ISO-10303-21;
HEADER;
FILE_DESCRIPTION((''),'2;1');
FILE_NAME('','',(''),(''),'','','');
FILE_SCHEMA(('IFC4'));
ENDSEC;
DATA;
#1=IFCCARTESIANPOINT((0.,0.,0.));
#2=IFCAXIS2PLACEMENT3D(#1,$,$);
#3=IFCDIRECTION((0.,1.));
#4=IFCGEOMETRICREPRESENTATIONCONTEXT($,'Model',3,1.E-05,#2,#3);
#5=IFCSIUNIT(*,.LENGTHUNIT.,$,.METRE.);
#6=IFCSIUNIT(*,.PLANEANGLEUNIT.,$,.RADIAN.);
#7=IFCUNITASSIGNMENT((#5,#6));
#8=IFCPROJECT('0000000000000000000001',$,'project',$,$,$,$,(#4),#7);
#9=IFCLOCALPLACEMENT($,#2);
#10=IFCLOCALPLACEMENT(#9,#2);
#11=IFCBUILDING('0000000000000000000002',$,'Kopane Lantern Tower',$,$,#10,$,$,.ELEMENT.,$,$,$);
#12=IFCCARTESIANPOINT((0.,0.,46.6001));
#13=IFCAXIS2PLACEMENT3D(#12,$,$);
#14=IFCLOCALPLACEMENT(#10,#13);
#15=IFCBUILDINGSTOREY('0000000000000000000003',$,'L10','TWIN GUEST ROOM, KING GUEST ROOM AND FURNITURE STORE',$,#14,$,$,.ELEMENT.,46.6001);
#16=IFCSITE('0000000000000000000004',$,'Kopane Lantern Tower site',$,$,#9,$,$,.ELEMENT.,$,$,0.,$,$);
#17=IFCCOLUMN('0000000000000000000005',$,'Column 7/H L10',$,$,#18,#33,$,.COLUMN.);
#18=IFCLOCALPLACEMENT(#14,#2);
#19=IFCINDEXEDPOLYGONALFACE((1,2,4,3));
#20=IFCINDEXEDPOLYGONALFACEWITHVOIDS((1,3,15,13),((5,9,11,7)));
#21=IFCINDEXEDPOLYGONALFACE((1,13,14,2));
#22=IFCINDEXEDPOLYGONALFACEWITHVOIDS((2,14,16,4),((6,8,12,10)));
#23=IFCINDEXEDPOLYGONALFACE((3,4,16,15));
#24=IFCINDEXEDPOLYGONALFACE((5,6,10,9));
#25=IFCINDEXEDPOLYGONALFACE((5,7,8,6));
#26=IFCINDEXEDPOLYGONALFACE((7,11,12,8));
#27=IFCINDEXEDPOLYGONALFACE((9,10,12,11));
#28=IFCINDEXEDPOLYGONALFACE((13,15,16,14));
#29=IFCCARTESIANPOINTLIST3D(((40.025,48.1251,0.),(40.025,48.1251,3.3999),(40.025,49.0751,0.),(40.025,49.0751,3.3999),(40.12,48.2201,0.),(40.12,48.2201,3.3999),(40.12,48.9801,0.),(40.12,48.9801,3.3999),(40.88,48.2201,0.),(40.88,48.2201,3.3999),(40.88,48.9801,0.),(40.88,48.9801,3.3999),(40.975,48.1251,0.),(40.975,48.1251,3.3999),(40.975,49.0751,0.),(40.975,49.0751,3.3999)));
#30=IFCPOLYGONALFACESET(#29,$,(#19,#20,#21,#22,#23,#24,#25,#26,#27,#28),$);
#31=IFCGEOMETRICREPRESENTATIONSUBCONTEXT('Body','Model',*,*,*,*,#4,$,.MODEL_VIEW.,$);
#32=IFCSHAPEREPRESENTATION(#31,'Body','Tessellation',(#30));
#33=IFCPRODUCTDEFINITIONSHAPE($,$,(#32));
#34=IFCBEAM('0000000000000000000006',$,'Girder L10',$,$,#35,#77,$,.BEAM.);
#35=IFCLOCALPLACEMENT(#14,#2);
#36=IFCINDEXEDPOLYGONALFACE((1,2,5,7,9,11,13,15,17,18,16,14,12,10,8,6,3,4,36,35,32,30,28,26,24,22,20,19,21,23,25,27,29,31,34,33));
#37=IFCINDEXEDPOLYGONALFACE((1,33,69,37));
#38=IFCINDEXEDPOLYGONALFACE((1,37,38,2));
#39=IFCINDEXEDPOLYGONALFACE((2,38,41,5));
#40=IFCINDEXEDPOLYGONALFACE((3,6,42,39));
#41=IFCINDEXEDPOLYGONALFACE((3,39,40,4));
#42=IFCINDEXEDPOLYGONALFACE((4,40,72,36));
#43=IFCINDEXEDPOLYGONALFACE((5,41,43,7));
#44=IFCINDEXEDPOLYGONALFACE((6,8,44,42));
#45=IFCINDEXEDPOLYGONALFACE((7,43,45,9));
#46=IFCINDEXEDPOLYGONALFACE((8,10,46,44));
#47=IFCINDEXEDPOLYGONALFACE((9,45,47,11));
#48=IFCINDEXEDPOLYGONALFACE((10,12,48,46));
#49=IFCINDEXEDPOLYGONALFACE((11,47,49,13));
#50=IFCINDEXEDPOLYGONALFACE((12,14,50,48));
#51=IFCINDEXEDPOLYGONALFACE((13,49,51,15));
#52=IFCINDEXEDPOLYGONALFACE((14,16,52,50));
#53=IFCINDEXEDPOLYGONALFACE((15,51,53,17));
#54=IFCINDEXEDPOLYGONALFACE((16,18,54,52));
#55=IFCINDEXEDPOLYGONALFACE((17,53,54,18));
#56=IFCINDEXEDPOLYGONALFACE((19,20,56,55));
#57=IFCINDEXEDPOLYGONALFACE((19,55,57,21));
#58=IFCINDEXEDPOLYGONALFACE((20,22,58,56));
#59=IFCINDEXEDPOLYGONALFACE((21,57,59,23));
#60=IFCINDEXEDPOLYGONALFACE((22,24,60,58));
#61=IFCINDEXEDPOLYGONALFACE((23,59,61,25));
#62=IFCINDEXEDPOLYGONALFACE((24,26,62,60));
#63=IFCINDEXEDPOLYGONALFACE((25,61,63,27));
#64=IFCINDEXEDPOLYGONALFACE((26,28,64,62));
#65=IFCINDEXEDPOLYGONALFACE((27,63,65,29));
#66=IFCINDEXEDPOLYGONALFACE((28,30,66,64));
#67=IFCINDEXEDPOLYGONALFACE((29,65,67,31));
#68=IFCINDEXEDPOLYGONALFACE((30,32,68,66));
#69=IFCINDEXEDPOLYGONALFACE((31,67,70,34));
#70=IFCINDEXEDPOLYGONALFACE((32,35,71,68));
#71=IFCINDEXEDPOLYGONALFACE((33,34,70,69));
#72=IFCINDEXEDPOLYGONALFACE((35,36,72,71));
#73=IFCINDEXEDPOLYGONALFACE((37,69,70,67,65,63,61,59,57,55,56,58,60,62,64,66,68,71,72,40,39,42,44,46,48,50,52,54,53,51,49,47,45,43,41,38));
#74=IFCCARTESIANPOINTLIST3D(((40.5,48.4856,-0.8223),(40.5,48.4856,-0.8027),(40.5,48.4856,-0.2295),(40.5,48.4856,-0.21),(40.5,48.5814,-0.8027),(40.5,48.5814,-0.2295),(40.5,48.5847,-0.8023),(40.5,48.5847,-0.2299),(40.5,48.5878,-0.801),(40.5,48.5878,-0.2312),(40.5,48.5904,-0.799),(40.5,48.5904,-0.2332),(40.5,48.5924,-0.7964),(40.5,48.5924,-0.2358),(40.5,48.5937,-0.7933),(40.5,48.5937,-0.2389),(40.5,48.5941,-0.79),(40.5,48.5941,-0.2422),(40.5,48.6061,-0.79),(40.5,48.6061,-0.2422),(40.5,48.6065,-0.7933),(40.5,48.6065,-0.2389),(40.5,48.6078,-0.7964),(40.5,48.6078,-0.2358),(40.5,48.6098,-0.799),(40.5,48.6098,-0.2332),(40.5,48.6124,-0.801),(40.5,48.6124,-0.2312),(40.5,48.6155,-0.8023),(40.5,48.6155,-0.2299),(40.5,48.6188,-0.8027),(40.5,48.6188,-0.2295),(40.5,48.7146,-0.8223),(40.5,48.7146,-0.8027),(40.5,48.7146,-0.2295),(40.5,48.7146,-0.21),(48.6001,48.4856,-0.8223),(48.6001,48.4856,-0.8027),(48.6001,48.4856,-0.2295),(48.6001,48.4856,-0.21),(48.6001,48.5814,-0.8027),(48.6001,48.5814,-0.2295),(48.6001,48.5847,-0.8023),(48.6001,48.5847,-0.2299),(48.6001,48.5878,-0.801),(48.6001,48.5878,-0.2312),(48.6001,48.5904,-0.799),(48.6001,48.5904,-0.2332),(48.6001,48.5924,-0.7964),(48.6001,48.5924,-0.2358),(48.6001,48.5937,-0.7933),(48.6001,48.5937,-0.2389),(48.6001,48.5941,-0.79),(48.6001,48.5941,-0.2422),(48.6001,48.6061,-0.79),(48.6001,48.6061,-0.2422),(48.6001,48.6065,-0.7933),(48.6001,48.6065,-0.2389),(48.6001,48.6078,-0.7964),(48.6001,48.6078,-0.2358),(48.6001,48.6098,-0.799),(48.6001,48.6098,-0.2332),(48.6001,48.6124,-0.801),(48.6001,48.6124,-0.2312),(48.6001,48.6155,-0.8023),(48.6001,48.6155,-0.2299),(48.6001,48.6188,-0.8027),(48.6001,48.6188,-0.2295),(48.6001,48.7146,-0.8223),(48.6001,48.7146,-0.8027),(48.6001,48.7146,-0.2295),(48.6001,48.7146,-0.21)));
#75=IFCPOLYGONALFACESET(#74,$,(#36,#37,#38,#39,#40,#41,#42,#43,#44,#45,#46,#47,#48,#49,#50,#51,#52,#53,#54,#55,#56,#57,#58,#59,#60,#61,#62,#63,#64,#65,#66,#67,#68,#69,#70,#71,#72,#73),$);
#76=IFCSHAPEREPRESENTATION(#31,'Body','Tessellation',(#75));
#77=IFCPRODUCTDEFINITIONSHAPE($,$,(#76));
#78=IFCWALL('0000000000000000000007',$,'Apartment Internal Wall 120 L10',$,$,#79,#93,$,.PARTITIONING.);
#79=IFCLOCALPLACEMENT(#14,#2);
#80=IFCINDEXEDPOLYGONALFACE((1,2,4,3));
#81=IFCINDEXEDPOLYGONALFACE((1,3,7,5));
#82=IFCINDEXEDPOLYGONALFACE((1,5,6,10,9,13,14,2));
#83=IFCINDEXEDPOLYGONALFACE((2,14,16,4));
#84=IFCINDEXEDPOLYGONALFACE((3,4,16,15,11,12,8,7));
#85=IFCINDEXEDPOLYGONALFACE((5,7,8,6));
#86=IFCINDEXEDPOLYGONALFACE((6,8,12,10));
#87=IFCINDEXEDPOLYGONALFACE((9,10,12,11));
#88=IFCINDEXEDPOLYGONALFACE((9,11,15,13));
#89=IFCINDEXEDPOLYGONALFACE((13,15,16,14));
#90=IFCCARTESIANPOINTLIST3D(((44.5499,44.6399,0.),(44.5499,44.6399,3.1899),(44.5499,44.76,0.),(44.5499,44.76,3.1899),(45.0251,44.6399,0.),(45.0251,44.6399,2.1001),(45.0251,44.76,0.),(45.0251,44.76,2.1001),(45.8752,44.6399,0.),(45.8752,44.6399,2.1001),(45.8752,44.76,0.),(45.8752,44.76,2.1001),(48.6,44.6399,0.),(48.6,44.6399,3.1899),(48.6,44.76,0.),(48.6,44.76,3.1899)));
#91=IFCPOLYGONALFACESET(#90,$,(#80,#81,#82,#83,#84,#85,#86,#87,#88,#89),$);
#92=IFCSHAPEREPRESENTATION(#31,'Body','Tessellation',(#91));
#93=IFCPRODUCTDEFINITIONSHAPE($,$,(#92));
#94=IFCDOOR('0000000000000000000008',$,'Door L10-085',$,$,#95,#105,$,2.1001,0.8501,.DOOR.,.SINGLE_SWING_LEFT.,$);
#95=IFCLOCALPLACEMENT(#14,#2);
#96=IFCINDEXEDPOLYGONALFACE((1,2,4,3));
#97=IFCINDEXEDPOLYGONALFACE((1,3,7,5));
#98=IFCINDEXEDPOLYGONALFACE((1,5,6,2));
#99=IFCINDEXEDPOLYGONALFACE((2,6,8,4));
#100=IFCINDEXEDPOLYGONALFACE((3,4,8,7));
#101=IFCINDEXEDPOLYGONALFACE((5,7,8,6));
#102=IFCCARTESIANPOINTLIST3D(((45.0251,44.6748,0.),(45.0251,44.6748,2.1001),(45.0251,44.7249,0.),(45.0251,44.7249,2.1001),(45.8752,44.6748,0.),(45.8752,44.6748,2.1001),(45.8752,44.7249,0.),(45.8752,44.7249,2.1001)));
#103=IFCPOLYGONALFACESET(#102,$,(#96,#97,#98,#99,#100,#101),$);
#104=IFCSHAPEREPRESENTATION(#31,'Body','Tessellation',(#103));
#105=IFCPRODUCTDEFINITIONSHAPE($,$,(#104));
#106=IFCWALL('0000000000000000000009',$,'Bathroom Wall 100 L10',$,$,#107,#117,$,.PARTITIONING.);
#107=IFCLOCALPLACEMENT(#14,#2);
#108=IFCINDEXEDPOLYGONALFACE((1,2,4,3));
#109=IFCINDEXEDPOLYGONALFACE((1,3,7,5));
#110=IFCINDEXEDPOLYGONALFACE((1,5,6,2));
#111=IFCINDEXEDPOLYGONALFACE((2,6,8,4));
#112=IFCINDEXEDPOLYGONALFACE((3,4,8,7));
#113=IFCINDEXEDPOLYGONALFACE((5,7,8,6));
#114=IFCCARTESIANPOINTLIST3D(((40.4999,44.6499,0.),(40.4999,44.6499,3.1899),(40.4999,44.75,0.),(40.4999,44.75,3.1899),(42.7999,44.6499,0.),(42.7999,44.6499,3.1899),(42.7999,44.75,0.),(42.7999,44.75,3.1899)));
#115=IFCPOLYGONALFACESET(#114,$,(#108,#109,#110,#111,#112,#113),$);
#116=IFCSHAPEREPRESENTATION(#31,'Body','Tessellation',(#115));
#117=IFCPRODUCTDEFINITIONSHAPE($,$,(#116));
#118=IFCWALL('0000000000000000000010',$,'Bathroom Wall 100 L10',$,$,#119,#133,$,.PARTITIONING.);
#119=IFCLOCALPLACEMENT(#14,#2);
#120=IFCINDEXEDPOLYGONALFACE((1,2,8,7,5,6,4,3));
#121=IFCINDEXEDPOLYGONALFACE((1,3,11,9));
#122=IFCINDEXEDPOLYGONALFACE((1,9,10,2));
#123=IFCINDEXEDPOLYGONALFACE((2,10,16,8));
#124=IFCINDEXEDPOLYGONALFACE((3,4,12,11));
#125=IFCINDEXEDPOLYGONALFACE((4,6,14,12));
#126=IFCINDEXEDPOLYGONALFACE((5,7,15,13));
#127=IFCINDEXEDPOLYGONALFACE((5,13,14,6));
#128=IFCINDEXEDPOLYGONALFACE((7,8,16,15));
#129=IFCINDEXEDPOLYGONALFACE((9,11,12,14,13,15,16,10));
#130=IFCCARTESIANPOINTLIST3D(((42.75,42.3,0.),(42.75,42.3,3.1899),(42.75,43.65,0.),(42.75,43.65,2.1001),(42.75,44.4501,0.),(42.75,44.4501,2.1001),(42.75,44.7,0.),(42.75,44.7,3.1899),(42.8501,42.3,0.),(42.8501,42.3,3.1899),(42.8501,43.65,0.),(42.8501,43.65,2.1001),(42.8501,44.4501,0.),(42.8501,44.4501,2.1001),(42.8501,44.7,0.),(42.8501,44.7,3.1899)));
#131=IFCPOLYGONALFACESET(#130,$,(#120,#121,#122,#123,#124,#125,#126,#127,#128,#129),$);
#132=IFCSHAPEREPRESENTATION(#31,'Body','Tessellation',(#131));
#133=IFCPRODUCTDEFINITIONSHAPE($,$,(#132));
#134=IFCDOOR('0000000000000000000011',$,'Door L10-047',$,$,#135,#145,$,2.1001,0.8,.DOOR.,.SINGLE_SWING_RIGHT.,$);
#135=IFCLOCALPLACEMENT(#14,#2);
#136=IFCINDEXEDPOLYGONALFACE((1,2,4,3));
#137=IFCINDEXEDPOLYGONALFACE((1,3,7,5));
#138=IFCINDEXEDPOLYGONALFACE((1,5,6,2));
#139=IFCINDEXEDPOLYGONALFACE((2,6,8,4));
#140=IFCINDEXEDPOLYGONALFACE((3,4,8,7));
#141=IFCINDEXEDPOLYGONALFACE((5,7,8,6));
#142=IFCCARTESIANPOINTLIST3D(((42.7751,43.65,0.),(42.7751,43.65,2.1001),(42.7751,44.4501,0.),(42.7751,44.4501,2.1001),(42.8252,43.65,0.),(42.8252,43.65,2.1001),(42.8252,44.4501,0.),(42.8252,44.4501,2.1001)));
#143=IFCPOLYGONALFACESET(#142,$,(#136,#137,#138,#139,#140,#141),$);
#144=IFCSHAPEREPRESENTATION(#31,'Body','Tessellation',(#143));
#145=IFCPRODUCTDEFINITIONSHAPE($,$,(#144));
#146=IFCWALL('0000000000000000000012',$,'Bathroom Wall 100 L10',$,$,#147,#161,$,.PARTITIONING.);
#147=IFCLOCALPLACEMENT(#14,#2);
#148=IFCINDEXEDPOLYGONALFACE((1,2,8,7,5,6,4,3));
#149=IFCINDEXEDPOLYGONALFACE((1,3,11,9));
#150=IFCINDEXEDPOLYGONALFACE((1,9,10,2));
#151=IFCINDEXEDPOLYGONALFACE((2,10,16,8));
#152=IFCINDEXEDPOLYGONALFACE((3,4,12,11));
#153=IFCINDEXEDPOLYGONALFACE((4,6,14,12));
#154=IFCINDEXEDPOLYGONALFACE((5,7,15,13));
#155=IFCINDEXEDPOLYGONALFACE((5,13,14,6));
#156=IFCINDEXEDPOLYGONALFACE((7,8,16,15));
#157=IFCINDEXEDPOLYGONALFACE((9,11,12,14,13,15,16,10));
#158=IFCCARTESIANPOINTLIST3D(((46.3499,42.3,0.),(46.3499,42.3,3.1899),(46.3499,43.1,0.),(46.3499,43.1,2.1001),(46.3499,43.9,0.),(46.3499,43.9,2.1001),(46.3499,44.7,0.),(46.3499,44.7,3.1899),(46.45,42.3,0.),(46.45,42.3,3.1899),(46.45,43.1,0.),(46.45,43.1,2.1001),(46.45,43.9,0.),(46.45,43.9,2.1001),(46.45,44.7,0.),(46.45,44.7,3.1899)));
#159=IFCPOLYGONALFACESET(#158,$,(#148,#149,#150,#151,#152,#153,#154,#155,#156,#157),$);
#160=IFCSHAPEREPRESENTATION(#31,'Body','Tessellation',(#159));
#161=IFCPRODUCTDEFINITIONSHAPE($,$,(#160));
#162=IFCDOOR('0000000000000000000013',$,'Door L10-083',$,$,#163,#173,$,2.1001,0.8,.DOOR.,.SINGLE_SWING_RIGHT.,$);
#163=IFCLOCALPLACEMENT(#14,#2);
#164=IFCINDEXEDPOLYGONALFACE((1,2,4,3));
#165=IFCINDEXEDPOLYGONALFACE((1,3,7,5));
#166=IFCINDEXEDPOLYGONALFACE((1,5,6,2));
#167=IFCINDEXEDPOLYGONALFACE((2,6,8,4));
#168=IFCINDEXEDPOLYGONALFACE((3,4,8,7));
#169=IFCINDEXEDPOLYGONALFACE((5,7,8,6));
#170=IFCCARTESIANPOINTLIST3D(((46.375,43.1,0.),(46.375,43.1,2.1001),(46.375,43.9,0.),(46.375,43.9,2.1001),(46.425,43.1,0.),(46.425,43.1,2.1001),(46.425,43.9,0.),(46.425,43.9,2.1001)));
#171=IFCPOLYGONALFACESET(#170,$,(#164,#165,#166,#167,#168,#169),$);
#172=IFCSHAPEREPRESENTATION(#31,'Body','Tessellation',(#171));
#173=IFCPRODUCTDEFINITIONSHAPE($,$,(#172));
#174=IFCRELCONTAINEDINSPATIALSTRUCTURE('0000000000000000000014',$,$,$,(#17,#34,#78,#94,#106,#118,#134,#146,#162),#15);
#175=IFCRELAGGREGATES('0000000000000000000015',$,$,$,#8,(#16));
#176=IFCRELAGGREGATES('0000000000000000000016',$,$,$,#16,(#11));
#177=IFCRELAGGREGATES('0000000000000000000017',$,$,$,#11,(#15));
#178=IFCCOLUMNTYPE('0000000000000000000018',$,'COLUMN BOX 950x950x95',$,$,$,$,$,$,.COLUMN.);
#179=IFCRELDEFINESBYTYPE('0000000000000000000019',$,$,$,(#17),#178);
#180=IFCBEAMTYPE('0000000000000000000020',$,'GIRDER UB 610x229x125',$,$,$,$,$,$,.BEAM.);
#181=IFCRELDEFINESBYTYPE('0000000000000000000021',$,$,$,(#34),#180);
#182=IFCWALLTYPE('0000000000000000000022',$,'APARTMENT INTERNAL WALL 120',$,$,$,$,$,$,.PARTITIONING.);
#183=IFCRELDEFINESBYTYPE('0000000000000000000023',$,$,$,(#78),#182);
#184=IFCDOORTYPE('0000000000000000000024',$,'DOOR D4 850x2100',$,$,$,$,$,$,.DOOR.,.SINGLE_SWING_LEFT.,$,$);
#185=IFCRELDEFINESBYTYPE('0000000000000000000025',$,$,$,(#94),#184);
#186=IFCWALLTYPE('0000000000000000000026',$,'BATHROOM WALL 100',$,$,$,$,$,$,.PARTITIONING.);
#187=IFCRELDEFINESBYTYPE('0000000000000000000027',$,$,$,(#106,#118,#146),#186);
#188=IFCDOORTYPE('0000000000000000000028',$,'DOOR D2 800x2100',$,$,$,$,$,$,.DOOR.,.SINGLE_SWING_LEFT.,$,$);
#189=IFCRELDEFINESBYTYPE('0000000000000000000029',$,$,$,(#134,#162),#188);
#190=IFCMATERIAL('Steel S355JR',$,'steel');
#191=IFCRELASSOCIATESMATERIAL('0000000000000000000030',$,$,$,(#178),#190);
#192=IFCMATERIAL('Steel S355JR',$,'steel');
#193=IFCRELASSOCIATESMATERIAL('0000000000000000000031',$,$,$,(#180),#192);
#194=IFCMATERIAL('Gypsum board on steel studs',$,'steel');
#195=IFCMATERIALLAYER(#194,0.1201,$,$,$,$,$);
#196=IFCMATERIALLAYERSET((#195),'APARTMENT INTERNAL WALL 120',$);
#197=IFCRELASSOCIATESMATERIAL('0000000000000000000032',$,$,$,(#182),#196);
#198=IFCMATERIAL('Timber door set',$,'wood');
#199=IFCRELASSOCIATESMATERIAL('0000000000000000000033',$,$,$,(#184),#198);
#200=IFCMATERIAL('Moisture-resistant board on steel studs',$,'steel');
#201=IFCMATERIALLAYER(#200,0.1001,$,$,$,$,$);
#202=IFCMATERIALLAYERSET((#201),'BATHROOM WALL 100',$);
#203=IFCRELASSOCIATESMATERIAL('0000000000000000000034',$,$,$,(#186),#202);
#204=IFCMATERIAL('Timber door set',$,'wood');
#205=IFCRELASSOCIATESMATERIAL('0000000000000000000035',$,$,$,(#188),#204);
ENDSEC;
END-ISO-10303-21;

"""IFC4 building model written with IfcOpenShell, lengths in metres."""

from ifc_helpers import new_model, si_unit, direction, frame, frame_2d, origin, origin_2d, place, context, subcontext, project, spatial, rectangle, hollow_rectangle, i_section, extrude, material, layer, layer_set, material_profile, profile_set, type_object, element, fill, save


model = new_model("IFC4")

# Units and contexts
model_context = context("Model", 3, precision=1e-05, world=origin(), true_north=direction((0.0, 1.0)))
body_context = subcontext(model_context, "Body", "Model", "MODEL_VIEW")
ifc_project = project(units=[si_unit("LENGTHUNIT", "METRE"), si_unit("PLANEANGLEUNIT", "RADIAN")], contexts=[model_context])

# Site, building, storey
site_placement = place(None, origin())
site = spatial("IfcSite", under=ifc_project, at=site_placement, Name="Kopane Lantern Tower site", CompositionType="ELEMENT", RefElevation=0.0)
building_placement = place(site_placement, origin())
building = spatial("IfcBuilding", under=site, at=building_placement, Name="Kopane Lantern Tower", CompositionType="ELEMENT")
storey_placement = place(building_placement, frame((0.0, 0.0, 46.6001)))
storey = spatial("IfcBuildingStorey", under=building, at=storey_placement, Name="L10", Description="TWIN GUEST ROOM, KING GUEST ROOM AND FURNITURE STORE", CompositionType="ELEMENT", Elevation=46.6001)

# Column
ifc_material_1 = material(Name="Steel S355JR", Category="steel")
ifc_material_profile_1 = material_profile(ifc_material_1, hollow_rectangle(XDim=0.95, YDim=0.95, WallThickness=0.095, at=origin_2d()), Name="BOX 950x950x95")
ifc_profile_set_1 = profile_set([ifc_material_profile_1], Name="Steel S355JR")
column_type = type_object("IfcColumnType", Name="COLUMN BOX 950x950x95", PredefinedType="COLUMN", material=ifc_profile_set_1)
column_placement = place(storey_placement, frame((40.5, 48.6001, 0.0), z_axis=(0.0, 0.0, 1.0), x_axis=(1.0, 0.0, 0.0)))
element("IfcColumn", 1, at=column_placement, inside=storey, type_object=column_type, Name="Column 7/H L10", PredefinedType="COLUMN", context=body_context, shape_type="SweptSolid", body=[
    extrude(hollow_rectangle(XDim=0.95, YDim=0.95, WallThickness=0.095, at=origin_2d()), origin(), (0.0, 0.0, 1.0), 3.3999),
])

# Beam
ifc_material_2 = material(Name="Steel S355JR", Category="steel")
ifc_material_profile_2 = material_profile(ifc_material_2, i_section(OverallWidth=0.229, OverallDepth=0.6123, WebThickness=0.012, FlangeThickness=0.0195, FilletRadius=0.0127, at=origin_2d()), Name="UB 610x229x125")
ifc_profile_set_2 = profile_set([ifc_material_profile_2], Name="Steel S355JR")
beam_type = type_object("IfcBeamType", Name="GIRDER UB 610x229x125", PredefinedType="BEAM", material=ifc_profile_set_2)
beam_placement = place(storey_placement, frame((40.5, 48.6001, -0.5161), z_axis=(1.0, 0.0, 0.0), x_axis=(0.0, 1.0, 0.0)))
element("IfcBeam", 2, at=beam_placement, inside=storey, type_object=beam_type, Name="Girder L10", PredefinedType="BEAM", context=body_context, shape_type="SweptSolid", body=[
    extrude(i_section(OverallWidth=0.229, OverallDepth=0.6123, WebThickness=0.012, FlangeThickness=0.0195, FilletRadius=0.0127, at=origin_2d()), origin(), (0.0, 0.0, 1.0), 8.1001),
])

# Wall, opening, door
ifc_material_3 = material(Name="Gypsum board on steel studs", Category="steel")
ifc_layer_1 = layer(ifc_material_3, 0.1201)
ifc_layer_set_1 = layer_set([ifc_layer_1], Name="APARTMENT INTERNAL WALL 120")
wall_type_1 = type_object("IfcWallType", Name="APARTMENT INTERNAL WALL 120", PredefinedType="PARTITIONING", material=ifc_layer_set_1)
wall_1_placement = place(storey_placement, frame((44.55, 44.7, 0.0), z_axis=(0.0, 0.0, 1.0), x_axis=(1.0, 0.0, 0.0)))
wall_1 = element("IfcWall", 3, at=wall_1_placement, inside=storey, type_object=wall_type_1, Name="Apartment Internal Wall 120 L10", PredefinedType="PARTITIONING", context=body_context, shape_type="SweptSolid", body=[
    extrude(rectangle(XDim=4.05, YDim=0.1201, at=frame_2d((2.0249, 0.0))), origin(), (0.0, 0.0, 1.0), 3.1899),
])
opening_1_placement = place(wall_1_placement, frame((0.4751, 0.0, 0.0)))
opening_1 = element("IfcOpeningElement", 4, at=opening_1_placement, cuts=wall_1, PredefinedType="OPENING", context=body_context, shape_type="SweptSolid", body=[
    extrude(rectangle(XDim=0.8501, YDim=2.1001, at=frame_2d((0.425, 1.05))), frame((0.0, 0.0701, 0.0), z_axis=(0.0, -1.0, 0.0), x_axis=(1.0, 0.0, 0.0)), (0.0, 0.0, 1.0), 0.1401),
])
ifc_material_4 = material(Name="Timber door set", Category="wood")
door_type_1 = type_object("IfcDoorType", Name="DOOR D4 850x2100", OperationType="SINGLE_SWING_LEFT", PredefinedType="DOOR", material=ifc_material_4)
door_1_placement = place(opening_1_placement, origin())
door_1 = element("IfcDoor", 5, at=door_1_placement, inside=storey, type_object=door_type_1, Name="Door L10-085", OperationType="SINGLE_SWING_LEFT", OverallHeight=2.1001, OverallWidth=0.8501, PredefinedType="DOOR", context=body_context, shape_type="SweptSolid", body=[
    extrude(rectangle(XDim=0.8501, YDim=2.1001, at=frame_2d((0.425, 1.05))), frame((0.0, 0.0249, 0.0), z_axis=(0.0, -1.0, 0.0), x_axis=(1.0, 0.0, 0.0)), (0.0, 0.0, 1.0), 0.05),
])
fill(opening_1, door_1)

# Wall
ifc_material_5 = material(Name="Moisture-resistant board on steel studs", Category="steel")
ifc_layer_2 = layer(ifc_material_5, 0.1001)
ifc_layer_set_2 = layer_set([ifc_layer_2], Name="BATHROOM WALL 100")
wall_type_2 = type_object("IfcWallType", Name="BATHROOM WALL 100", PredefinedType="PARTITIONING", material=ifc_layer_set_2)
wall_2_placement = place(storey_placement, frame((40.5, 44.7, 0.0), z_axis=(0.0, 0.0, 1.0), x_axis=(1.0, 0.0, 0.0)))
element("IfcWall", 6, at=wall_2_placement, inside=storey, type_object=wall_type_2, Name="Bathroom Wall 100 L10", PredefinedType="PARTITIONING", context=body_context, shape_type="SweptSolid", body=[
    extrude(rectangle(XDim=2.3, YDim=0.1001, at=frame_2d((1.1499, 0.0))), origin(), (0.0, 0.0, 1.0), 3.1899),
])

# Walls, openings, doors
wall_3_placement = place(storey_placement, frame((42.8, 42.3, 0.0), z_axis=(0.0, 0.0, 1.0), x_axis=(0.0, 1.0, 0.0)))
wall_3 = element("IfcWall", 7, at=wall_3_placement, inside=storey, type_object=wall_type_2, Name="Bathroom Wall 100 L10", PredefinedType="PARTITIONING", context=body_context, shape_type="SweptSolid", body=[
    extrude(rectangle(XDim=2.3999, YDim=0.1001, at=frame_2d((1.2, 0.0))), origin(), (0.0, 0.0, 1.0), 3.1899),
])
opening_2_placement = place(wall_3_placement, frame((1.3501, 0.0, 0.0)))
opening_2 = element("IfcOpeningElement", 8, at=opening_2_placement, cuts=wall_3, PredefinedType="OPENING", context=body_context, shape_type="SweptSolid", body=[
    extrude(rectangle(XDim=0.8, YDim=2.1001, at=frame_2d((0.3999, 1.05))), frame((0.0, 0.0601, 0.0), z_axis=(0.0, -1.0, 0.0), x_axis=(1.0, 0.0, 0.0)), (0.0, 0.0, 1.0), 0.1201),
])
ifc_material_6 = material(Name="Timber door set", Category="wood")
door_type_2 = type_object("IfcDoorType", Name="DOOR D2 800x2100", OperationType="SINGLE_SWING_LEFT", PredefinedType="DOOR", material=ifc_material_6)
door_2_placement = place(opening_2_placement, origin())
door_2 = element("IfcDoor", 9, at=door_2_placement, inside=storey, type_object=door_type_2, Name="Door L10-047", OperationType="SINGLE_SWING_RIGHT", OverallHeight=2.1001, OverallWidth=0.8, PredefinedType="DOOR", context=body_context, shape_type="SweptSolid", body=[
    extrude(rectangle(XDim=0.8, YDim=2.1001, at=frame_2d((0.3999, 1.05))), frame((0.0, 0.0249, 0.0), z_axis=(0.0, -1.0, 0.0), x_axis=(1.0, 0.0, 0.0)), (0.0, 0.0, 1.0), 0.05),
])
fill(opening_2, door_2)
wall_4_placement = place(storey_placement, frame((46.3999, 42.3, 0.0), z_axis=(0.0, 0.0, 1.0), x_axis=(0.0, 1.0, 0.0)))
wall_4 = element("IfcWall", 10, at=wall_4_placement, inside=storey, type_object=wall_type_2, Name="Bathroom Wall 100 L10", PredefinedType="PARTITIONING", context=body_context, shape_type="SweptSolid", body=[
    extrude(rectangle(XDim=2.3999, YDim=0.1001, at=frame_2d((1.2, 0.0))), origin(), (0.0, 0.0, 1.0), 3.1899),
])
opening_3_placement = place(wall_4_placement, frame((0.8, 0.0, 0.0)))
opening_3 = element("IfcOpeningElement", 11, at=opening_3_placement, cuts=wall_4, PredefinedType="OPENING", context=body_context, shape_type="SweptSolid", body=[
    extrude(rectangle(XDim=0.8, YDim=2.1001, at=frame_2d((0.3999, 1.05))), frame((0.0, 0.0601, 0.0), z_axis=(0.0, -1.0, 0.0), x_axis=(1.0, 0.0, 0.0)), (0.0, 0.0, 1.0), 0.1201),
])
door_3_placement = place(opening_3_placement, origin())
door_3 = element("IfcDoor", 12, at=door_3_placement, inside=storey, type_object=door_type_2, Name="Door L10-083", OperationType="SINGLE_SWING_RIGHT", OverallHeight=2.1001, OverallWidth=0.8, PredefinedType="DOOR", context=body_context, shape_type="SweptSolid", body=[
    extrude(rectangle(XDim=0.8, YDim=2.1001, at=frame_2d((0.3999, 1.05))), frame((0.0, 0.0249, 0.0), z_axis=(0.0, -1.0, 0.0), x_axis=(1.0, 0.0, 0.0)), (0.0, 0.0, 1.0), 0.05),
])
fill(opening_3, door_3)

save(model, "model.ifc")
